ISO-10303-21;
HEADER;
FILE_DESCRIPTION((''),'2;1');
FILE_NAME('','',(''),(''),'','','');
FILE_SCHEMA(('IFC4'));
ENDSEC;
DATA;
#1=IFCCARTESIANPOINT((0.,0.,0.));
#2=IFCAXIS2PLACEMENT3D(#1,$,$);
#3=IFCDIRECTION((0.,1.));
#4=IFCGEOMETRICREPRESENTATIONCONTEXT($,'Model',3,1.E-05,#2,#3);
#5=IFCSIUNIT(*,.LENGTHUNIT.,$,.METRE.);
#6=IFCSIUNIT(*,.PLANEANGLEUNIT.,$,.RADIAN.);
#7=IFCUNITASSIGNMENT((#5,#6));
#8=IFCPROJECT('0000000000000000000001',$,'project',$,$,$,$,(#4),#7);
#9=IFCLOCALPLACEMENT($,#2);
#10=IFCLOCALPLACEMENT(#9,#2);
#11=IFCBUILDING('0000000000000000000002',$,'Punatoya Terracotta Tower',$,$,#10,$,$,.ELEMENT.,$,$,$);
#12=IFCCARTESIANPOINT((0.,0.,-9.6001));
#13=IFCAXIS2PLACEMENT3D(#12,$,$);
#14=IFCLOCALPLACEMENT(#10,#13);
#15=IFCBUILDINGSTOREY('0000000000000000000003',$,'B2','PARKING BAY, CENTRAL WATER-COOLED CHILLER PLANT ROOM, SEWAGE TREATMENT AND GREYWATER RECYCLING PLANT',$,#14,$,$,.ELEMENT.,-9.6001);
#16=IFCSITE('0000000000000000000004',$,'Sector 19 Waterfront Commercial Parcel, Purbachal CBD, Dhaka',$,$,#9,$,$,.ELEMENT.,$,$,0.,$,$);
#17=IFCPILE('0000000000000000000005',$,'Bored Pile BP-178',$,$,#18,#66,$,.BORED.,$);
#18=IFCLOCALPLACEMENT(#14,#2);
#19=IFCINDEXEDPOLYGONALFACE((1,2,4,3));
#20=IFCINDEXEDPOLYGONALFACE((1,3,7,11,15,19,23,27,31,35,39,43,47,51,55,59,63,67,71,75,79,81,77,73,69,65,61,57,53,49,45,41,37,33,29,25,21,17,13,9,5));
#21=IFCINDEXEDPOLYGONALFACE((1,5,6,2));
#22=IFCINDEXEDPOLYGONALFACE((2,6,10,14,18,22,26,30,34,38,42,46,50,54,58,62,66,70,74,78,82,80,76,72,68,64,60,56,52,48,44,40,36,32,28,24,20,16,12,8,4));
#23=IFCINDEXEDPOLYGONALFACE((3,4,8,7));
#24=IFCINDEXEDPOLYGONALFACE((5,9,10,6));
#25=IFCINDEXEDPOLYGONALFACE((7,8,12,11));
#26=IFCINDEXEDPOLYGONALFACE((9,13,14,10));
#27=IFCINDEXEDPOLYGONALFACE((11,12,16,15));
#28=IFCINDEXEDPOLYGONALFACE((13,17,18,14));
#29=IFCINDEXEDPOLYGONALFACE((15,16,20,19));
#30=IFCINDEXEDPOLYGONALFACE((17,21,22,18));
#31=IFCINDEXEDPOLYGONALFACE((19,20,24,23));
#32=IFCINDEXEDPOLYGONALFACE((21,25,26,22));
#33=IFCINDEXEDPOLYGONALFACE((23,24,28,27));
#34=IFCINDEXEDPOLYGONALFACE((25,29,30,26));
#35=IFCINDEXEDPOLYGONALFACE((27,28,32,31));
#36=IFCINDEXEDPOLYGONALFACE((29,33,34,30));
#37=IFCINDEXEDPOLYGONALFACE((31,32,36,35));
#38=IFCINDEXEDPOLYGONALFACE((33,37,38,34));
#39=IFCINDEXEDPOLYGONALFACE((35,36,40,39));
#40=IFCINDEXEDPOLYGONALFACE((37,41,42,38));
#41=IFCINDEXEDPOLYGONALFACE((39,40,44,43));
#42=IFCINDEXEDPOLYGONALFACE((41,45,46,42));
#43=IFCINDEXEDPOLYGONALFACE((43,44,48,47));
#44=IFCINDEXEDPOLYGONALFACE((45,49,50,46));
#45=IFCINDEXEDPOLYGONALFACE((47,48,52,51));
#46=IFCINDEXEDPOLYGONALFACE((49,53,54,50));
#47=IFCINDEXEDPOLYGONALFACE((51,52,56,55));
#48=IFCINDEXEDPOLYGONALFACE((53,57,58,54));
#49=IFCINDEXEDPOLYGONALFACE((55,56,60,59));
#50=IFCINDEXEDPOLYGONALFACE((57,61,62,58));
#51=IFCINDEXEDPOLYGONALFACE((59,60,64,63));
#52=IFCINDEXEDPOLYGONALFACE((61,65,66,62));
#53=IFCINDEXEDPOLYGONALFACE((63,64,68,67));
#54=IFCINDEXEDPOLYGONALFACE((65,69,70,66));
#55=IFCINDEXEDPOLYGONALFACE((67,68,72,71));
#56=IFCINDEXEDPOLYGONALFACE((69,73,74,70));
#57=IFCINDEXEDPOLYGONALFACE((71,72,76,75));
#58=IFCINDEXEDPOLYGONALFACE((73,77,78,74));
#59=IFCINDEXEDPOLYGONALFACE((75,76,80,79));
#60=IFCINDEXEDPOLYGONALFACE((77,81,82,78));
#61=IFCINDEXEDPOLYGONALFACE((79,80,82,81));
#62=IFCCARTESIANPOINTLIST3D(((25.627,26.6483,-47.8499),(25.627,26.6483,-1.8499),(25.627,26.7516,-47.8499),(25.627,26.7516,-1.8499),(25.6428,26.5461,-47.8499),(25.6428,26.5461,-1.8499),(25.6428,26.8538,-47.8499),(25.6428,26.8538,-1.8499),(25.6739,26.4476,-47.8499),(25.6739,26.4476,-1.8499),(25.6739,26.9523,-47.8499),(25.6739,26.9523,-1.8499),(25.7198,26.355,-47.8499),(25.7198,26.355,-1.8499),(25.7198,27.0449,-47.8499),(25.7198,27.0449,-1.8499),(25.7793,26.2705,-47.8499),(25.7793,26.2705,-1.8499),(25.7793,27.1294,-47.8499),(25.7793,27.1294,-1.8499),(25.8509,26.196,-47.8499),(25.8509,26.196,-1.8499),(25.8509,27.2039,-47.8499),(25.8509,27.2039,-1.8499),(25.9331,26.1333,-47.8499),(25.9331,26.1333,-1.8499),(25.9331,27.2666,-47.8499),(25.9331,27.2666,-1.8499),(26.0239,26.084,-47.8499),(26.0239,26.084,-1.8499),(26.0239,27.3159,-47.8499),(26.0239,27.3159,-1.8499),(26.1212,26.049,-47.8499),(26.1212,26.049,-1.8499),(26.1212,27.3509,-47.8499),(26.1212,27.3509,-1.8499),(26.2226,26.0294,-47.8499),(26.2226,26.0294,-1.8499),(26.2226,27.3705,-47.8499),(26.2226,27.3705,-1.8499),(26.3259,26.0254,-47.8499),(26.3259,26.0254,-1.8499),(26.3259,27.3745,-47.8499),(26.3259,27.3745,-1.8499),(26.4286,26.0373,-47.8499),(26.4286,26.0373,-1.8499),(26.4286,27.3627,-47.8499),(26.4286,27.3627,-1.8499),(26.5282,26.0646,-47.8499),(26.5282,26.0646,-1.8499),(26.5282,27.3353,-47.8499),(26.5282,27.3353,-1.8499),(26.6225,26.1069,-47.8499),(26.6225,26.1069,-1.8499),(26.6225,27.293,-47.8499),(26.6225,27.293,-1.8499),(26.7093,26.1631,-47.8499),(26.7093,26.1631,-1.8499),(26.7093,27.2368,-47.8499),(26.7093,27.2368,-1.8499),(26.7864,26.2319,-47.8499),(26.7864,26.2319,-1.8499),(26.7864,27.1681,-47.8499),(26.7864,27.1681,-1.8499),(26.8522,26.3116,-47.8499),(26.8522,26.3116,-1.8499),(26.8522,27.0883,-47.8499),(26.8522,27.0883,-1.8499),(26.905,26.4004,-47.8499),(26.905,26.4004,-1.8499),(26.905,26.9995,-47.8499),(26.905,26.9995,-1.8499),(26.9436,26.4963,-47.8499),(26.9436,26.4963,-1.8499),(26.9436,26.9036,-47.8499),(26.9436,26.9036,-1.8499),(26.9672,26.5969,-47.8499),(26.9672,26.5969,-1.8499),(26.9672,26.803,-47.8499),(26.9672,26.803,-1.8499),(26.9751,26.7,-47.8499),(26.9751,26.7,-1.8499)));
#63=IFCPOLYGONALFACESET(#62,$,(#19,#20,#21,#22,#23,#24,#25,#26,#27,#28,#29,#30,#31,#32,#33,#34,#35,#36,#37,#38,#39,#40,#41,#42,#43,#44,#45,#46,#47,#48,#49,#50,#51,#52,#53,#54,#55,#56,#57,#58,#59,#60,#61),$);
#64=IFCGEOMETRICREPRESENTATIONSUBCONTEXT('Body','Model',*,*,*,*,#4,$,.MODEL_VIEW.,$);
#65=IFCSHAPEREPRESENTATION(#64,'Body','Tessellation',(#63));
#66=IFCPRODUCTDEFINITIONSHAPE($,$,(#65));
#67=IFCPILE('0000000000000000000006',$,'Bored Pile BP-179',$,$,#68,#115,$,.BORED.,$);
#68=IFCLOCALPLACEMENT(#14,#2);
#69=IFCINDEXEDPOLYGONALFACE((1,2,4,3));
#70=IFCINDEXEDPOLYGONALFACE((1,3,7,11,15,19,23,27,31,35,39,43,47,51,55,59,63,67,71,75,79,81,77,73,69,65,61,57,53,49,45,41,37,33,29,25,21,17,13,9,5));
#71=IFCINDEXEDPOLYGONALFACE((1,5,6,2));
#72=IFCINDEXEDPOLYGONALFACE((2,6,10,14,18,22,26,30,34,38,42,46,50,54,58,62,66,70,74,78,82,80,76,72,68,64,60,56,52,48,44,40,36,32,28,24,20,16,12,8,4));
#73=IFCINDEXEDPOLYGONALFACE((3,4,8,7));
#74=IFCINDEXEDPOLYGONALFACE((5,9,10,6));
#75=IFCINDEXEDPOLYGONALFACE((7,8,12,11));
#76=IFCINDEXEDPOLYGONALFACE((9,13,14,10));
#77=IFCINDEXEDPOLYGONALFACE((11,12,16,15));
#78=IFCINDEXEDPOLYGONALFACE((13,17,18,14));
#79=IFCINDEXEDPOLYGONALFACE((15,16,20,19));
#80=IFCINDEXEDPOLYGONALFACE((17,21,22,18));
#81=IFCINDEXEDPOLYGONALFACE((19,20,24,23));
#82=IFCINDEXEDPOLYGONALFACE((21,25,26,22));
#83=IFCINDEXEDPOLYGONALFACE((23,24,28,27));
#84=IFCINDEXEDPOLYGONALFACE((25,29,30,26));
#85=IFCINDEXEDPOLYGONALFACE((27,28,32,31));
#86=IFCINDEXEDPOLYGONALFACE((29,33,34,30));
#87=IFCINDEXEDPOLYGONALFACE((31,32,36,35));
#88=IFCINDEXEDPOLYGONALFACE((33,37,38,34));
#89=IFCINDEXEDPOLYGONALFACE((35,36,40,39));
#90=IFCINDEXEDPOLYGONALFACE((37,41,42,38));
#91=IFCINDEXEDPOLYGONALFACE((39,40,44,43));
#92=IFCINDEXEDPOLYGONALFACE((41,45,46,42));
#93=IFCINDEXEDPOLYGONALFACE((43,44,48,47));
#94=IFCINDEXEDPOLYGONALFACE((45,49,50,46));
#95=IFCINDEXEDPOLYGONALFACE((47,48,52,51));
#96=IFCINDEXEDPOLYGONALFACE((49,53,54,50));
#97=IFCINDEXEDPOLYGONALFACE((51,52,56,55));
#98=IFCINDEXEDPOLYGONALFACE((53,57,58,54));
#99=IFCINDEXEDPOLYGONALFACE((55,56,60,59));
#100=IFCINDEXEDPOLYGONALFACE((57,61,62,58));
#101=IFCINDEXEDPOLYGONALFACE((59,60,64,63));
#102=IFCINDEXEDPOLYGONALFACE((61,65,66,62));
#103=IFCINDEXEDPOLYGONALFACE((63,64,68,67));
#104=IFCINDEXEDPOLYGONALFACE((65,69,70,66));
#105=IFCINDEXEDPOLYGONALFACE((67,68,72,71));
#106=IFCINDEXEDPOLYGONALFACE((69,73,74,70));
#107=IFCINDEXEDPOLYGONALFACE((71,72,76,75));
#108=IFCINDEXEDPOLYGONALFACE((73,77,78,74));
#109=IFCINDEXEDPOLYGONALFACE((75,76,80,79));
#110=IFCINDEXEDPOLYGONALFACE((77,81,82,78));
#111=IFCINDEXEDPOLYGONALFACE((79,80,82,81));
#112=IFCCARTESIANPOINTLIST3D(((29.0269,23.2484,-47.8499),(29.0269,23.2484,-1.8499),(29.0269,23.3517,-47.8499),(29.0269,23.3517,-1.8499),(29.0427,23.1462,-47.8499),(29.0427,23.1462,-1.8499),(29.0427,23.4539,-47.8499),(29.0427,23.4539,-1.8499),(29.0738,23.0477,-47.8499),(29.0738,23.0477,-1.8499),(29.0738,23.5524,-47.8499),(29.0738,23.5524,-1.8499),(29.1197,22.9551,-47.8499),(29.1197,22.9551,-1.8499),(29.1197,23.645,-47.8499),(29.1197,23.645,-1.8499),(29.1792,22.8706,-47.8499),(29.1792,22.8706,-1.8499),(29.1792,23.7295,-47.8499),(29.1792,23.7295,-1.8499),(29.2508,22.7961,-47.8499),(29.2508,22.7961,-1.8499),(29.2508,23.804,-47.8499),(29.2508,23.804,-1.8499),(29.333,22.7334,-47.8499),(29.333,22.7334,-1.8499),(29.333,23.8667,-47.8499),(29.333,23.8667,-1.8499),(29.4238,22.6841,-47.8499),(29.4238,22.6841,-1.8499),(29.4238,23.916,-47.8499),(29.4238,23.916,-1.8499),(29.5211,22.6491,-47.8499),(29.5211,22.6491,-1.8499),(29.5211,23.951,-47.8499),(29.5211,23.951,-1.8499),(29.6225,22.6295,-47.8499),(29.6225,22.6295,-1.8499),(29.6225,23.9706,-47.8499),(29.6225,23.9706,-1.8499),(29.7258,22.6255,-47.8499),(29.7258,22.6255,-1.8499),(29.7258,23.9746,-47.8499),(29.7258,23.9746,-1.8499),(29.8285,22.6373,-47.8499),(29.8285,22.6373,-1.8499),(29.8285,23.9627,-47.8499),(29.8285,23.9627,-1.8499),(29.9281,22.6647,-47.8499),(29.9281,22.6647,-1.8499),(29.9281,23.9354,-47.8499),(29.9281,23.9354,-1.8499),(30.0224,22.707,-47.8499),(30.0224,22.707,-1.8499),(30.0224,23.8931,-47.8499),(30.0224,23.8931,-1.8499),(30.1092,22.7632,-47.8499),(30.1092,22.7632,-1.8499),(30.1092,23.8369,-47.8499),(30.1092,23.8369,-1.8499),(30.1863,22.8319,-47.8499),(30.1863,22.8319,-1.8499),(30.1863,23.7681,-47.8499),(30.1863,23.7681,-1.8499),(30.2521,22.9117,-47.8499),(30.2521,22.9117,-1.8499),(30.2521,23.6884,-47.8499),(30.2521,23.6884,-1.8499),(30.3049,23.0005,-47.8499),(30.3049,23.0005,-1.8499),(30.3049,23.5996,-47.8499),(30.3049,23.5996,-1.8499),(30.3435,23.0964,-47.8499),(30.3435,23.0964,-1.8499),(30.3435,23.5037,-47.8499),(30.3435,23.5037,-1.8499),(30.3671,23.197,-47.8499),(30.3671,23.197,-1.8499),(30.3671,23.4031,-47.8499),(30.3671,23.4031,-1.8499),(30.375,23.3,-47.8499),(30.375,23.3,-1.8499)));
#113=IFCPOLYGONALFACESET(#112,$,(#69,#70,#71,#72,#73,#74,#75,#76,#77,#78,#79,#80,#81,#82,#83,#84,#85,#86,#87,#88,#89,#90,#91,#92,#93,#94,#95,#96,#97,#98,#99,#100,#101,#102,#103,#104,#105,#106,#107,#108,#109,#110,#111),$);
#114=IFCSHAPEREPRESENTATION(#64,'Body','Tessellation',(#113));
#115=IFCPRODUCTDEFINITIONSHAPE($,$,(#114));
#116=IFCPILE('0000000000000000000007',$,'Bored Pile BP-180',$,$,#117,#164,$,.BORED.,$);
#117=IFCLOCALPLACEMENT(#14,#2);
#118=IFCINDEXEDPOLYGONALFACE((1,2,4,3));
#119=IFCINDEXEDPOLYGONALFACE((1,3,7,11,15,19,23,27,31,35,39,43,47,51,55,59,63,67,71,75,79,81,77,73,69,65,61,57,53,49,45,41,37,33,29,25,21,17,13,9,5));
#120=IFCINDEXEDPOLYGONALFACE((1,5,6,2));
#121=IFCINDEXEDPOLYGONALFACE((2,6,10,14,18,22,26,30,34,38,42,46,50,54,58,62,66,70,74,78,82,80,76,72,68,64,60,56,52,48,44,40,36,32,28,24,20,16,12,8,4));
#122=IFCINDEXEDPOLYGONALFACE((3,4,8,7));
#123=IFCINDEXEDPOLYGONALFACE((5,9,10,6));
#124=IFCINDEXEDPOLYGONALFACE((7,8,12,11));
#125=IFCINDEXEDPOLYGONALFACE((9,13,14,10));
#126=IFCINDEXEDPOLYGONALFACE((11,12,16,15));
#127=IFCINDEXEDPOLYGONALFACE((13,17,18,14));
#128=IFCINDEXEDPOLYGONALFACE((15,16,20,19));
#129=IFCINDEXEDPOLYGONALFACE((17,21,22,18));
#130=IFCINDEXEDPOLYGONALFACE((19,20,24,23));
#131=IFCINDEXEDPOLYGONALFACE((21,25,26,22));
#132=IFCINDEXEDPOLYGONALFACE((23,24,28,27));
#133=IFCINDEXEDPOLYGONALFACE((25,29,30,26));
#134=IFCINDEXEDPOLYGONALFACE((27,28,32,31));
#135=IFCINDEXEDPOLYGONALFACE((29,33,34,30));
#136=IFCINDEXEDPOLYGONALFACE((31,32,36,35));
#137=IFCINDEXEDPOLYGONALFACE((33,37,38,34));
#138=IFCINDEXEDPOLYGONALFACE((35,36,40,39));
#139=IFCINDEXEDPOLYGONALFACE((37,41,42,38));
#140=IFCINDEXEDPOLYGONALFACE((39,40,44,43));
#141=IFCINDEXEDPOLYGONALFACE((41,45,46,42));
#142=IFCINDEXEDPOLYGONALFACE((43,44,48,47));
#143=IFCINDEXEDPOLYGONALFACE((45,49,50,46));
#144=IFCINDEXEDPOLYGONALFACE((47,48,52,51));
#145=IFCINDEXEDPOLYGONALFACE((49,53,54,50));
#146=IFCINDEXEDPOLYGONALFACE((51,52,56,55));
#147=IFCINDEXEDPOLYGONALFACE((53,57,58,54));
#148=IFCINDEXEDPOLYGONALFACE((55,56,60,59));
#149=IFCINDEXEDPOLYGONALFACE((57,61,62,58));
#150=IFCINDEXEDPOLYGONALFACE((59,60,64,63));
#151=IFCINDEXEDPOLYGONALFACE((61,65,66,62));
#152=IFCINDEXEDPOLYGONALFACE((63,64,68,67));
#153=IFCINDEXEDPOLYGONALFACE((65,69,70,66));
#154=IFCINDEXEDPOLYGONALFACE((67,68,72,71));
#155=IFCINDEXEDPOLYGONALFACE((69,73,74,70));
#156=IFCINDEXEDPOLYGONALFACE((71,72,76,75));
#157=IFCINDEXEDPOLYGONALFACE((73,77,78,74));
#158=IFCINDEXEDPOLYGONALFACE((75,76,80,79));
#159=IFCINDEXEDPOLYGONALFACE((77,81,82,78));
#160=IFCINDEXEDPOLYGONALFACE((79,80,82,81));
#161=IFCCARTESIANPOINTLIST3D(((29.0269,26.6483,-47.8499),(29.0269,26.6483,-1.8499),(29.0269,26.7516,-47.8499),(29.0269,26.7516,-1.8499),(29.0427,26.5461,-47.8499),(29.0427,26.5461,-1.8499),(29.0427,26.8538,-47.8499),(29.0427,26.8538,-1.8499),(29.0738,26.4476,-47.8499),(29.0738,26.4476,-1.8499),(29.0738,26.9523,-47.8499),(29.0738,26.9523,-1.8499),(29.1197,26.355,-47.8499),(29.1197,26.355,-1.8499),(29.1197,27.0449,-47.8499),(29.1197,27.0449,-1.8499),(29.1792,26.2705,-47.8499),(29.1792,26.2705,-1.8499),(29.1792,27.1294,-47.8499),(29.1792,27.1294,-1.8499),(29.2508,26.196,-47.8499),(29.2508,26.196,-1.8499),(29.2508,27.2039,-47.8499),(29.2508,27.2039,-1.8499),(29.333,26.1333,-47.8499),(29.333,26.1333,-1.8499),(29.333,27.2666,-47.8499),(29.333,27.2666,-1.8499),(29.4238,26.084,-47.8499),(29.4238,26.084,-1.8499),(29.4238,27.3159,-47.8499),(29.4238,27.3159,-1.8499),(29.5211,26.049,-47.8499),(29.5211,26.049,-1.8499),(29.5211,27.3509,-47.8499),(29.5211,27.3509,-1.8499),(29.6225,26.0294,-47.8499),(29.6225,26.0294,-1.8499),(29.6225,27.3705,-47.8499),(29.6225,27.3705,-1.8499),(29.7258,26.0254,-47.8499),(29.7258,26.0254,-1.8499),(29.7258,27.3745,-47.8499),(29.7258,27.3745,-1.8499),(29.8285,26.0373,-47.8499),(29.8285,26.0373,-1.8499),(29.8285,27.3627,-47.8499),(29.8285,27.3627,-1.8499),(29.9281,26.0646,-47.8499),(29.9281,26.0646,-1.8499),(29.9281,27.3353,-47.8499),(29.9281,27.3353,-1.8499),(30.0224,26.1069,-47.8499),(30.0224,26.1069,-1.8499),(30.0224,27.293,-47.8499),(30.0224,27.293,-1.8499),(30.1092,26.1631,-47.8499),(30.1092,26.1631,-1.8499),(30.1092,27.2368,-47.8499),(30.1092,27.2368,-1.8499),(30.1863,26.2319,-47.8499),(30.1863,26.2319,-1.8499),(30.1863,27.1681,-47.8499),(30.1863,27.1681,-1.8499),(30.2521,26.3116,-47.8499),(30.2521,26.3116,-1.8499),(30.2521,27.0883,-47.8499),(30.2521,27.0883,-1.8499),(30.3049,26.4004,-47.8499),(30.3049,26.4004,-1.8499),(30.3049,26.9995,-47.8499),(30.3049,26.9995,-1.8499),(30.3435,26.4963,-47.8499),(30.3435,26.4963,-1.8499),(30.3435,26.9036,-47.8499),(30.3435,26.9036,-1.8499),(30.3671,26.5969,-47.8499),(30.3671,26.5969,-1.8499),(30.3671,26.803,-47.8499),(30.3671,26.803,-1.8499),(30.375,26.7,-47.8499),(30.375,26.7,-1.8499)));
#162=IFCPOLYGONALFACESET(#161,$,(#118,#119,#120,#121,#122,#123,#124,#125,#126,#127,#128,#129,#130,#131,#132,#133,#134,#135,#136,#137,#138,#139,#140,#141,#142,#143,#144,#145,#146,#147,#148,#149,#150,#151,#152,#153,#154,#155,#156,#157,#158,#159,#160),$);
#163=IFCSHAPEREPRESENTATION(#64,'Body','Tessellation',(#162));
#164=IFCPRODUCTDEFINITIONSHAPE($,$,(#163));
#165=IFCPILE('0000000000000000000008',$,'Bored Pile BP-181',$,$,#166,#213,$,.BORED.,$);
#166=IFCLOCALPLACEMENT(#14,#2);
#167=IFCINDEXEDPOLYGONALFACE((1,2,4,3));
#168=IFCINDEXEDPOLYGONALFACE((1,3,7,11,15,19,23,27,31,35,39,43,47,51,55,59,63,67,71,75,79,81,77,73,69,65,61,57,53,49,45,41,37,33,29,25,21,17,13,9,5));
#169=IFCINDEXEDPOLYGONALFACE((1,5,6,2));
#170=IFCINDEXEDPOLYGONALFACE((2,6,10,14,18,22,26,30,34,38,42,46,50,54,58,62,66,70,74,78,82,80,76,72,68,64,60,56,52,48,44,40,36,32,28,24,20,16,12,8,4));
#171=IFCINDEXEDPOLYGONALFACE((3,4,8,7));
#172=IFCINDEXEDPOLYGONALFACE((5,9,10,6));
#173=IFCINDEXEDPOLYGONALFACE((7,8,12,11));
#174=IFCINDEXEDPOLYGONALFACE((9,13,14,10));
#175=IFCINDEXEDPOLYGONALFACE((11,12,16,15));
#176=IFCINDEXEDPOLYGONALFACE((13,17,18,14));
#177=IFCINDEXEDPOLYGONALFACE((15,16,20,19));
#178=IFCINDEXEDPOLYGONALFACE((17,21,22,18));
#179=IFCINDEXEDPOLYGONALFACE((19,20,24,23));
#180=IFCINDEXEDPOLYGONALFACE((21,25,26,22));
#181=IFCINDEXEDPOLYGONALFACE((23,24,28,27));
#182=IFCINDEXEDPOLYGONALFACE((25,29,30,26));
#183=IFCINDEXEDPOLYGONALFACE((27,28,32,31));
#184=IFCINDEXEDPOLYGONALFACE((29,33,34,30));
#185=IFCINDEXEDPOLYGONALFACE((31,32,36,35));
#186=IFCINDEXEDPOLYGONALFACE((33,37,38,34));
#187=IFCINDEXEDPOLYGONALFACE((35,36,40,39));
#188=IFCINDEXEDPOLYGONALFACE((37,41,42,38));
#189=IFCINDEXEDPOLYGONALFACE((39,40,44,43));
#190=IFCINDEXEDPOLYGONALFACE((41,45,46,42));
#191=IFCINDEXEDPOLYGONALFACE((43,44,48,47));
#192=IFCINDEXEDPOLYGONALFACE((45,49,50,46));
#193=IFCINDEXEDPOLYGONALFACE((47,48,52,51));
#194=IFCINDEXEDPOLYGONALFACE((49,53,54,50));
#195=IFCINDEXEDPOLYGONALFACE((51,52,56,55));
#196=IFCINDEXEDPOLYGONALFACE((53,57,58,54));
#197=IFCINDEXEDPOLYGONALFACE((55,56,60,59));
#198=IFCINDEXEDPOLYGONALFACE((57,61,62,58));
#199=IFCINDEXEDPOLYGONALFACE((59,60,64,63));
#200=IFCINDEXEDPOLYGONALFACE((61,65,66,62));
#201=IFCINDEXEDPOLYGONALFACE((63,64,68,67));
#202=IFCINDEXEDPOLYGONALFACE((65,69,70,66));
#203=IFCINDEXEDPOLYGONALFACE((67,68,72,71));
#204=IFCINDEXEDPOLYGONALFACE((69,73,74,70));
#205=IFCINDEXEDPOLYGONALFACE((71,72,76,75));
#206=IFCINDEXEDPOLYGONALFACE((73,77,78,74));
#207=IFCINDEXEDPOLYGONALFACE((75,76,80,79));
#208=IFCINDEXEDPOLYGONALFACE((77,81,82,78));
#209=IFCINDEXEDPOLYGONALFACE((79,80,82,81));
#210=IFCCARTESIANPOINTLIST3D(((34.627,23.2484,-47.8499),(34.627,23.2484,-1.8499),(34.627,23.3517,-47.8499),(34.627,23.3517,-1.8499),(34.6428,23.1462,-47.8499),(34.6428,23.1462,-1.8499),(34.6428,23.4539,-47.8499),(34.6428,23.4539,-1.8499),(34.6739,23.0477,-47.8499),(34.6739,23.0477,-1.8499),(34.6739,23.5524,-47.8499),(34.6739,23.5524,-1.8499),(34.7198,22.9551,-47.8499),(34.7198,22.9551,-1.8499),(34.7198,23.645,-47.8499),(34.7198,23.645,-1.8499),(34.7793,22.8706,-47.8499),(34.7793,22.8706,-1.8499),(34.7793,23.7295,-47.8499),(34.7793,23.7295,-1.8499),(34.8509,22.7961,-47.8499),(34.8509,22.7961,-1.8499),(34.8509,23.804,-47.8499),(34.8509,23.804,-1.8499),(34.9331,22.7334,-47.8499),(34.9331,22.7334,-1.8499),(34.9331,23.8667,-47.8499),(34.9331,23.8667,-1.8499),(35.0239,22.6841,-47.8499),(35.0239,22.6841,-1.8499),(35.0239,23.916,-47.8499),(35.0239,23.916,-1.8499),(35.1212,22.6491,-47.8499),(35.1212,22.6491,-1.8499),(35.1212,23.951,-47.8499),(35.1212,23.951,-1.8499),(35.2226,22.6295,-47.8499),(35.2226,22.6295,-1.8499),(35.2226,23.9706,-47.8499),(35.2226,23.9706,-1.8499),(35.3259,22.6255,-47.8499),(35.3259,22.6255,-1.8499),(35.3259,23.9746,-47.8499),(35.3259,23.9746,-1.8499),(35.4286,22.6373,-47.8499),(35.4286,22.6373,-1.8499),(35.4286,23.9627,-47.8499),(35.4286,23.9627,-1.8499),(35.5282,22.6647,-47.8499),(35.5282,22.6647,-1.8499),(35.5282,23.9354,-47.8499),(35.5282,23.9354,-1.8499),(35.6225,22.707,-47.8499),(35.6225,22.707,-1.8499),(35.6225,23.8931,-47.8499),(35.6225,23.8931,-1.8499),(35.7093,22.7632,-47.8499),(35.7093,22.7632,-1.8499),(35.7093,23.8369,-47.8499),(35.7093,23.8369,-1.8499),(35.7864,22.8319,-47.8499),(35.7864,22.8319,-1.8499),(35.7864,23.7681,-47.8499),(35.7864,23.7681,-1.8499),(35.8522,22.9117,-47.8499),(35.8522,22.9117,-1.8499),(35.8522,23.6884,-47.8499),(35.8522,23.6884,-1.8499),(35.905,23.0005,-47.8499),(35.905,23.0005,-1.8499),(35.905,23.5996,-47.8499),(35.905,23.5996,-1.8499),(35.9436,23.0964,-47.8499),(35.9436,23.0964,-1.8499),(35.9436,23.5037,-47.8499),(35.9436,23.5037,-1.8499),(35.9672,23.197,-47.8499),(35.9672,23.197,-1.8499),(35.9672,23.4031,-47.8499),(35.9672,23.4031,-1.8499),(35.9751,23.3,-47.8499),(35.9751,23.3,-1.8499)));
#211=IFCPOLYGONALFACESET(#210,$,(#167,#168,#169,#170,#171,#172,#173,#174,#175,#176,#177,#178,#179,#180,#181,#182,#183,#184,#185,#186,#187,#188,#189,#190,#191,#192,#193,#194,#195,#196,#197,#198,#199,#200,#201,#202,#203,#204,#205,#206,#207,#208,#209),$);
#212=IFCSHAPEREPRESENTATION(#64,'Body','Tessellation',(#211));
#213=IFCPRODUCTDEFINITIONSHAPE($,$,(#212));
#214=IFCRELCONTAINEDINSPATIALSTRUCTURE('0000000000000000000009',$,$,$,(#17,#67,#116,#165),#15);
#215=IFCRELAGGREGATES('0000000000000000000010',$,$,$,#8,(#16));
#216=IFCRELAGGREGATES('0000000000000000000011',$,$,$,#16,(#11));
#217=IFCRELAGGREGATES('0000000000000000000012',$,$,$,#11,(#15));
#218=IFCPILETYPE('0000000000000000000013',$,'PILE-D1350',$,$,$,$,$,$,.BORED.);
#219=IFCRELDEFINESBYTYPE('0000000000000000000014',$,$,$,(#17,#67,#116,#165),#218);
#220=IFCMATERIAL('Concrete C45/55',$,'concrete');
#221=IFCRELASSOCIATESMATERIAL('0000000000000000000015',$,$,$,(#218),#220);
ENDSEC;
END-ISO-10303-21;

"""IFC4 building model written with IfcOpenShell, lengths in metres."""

from ifc_helpers import new_model, si_unit, direction, frame, origin, origin_2d, place, context, subcontext, project, spatial, circle, extrude, material, material_profile, profile_set, type_object, element, save


model = new_model("IFC4")

# Units and contexts
model_context = context("Model", 3, precision=1e-05, world=origin(), true_north=direction((0.0, 1.0)))
body_context = subcontext(model_context, "Body", "Model", "MODEL_VIEW")
ifc_project = project(units=[si_unit("LENGTHUNIT", "METRE"), si_unit("PLANEANGLEUNIT", "RADIAN")], contexts=[model_context])

# Site, building, storey
site_placement = place(None, origin())
site = spatial("IfcSite", under=ifc_project, at=site_placement, Name="Sector 19 Waterfront Commercial Parcel, Purbachal CBD, Dhaka", CompositionType="ELEMENT", RefElevation=0.0)
building_placement = place(site_placement, origin())
building = spatial("IfcBuilding", under=site, at=building_placement, Name="Punatoya Terracotta Tower", CompositionType="ELEMENT")
storey_placement = place(building_placement, frame((0.0, 0.0, -9.6001)))
storey = spatial("IfcBuildingStorey", under=building, at=storey_placement, Name="B2", Description="PARKING BAY, CENTRAL WATER-COOLED CHILLER PLANT ROOM, SEWAGE TREATMENT AND GREYWATER RECYCLING PLANT", CompositionType="ELEMENT", Elevation=-9.6001)

# Shared definitions
ifc_material_1 = material(Name="Concrete C45/55", Category="concrete")

# Piles
ifc_material_profile_1 = material_profile(ifc_material_1, circle(Radius=0.675, at=origin_2d()))
ifc_profile_set_1 = profile_set([ifc_material_profile_1], Name="Concrete C45/55")
pile_type_1 = type_object("IfcPileType", Name="PILE-D1350", PredefinedType="BORED", material=ifc_profile_set_1)
for number, where, z_axis, x_axis, name in (
    (1, (26.3, 26.7, -1.8499), (0.0, 0.0, -1.0), (1.0, 0.0, 0.0), "Bored Pile BP-178"),
    (2, (29.7, 23.3, -1.8499), (0.0, 0.0, -1.0), (1.0, 0.0, 0.0), "Bored Pile BP-179"),
    (3, (29.7, 26.7, -1.8499), (0.0, 0.0, -1.0), (1.0, 0.0, 0.0), "Bored Pile BP-180"),
    (4, (35.3, 23.3, -1.8499), (0.0, 0.0, -1.0), (1.0, 0.0, 0.0), "Bored Pile BP-181"),
):
    element("IfcPile", number, at=place(storey_placement, frame(where, z_axis=z_axis, x_axis=x_axis)), inside=storey, type_object=pile_type_1, Name=name, PredefinedType="BORED", context=body_context, shape_type="SweptSolid", body=[
        extrude(circle(Radius=0.675, at=origin_2d()), origin(), (0.0, 0.0, 1.0), 46.0),
    ])

save(model, "model.ifc")
